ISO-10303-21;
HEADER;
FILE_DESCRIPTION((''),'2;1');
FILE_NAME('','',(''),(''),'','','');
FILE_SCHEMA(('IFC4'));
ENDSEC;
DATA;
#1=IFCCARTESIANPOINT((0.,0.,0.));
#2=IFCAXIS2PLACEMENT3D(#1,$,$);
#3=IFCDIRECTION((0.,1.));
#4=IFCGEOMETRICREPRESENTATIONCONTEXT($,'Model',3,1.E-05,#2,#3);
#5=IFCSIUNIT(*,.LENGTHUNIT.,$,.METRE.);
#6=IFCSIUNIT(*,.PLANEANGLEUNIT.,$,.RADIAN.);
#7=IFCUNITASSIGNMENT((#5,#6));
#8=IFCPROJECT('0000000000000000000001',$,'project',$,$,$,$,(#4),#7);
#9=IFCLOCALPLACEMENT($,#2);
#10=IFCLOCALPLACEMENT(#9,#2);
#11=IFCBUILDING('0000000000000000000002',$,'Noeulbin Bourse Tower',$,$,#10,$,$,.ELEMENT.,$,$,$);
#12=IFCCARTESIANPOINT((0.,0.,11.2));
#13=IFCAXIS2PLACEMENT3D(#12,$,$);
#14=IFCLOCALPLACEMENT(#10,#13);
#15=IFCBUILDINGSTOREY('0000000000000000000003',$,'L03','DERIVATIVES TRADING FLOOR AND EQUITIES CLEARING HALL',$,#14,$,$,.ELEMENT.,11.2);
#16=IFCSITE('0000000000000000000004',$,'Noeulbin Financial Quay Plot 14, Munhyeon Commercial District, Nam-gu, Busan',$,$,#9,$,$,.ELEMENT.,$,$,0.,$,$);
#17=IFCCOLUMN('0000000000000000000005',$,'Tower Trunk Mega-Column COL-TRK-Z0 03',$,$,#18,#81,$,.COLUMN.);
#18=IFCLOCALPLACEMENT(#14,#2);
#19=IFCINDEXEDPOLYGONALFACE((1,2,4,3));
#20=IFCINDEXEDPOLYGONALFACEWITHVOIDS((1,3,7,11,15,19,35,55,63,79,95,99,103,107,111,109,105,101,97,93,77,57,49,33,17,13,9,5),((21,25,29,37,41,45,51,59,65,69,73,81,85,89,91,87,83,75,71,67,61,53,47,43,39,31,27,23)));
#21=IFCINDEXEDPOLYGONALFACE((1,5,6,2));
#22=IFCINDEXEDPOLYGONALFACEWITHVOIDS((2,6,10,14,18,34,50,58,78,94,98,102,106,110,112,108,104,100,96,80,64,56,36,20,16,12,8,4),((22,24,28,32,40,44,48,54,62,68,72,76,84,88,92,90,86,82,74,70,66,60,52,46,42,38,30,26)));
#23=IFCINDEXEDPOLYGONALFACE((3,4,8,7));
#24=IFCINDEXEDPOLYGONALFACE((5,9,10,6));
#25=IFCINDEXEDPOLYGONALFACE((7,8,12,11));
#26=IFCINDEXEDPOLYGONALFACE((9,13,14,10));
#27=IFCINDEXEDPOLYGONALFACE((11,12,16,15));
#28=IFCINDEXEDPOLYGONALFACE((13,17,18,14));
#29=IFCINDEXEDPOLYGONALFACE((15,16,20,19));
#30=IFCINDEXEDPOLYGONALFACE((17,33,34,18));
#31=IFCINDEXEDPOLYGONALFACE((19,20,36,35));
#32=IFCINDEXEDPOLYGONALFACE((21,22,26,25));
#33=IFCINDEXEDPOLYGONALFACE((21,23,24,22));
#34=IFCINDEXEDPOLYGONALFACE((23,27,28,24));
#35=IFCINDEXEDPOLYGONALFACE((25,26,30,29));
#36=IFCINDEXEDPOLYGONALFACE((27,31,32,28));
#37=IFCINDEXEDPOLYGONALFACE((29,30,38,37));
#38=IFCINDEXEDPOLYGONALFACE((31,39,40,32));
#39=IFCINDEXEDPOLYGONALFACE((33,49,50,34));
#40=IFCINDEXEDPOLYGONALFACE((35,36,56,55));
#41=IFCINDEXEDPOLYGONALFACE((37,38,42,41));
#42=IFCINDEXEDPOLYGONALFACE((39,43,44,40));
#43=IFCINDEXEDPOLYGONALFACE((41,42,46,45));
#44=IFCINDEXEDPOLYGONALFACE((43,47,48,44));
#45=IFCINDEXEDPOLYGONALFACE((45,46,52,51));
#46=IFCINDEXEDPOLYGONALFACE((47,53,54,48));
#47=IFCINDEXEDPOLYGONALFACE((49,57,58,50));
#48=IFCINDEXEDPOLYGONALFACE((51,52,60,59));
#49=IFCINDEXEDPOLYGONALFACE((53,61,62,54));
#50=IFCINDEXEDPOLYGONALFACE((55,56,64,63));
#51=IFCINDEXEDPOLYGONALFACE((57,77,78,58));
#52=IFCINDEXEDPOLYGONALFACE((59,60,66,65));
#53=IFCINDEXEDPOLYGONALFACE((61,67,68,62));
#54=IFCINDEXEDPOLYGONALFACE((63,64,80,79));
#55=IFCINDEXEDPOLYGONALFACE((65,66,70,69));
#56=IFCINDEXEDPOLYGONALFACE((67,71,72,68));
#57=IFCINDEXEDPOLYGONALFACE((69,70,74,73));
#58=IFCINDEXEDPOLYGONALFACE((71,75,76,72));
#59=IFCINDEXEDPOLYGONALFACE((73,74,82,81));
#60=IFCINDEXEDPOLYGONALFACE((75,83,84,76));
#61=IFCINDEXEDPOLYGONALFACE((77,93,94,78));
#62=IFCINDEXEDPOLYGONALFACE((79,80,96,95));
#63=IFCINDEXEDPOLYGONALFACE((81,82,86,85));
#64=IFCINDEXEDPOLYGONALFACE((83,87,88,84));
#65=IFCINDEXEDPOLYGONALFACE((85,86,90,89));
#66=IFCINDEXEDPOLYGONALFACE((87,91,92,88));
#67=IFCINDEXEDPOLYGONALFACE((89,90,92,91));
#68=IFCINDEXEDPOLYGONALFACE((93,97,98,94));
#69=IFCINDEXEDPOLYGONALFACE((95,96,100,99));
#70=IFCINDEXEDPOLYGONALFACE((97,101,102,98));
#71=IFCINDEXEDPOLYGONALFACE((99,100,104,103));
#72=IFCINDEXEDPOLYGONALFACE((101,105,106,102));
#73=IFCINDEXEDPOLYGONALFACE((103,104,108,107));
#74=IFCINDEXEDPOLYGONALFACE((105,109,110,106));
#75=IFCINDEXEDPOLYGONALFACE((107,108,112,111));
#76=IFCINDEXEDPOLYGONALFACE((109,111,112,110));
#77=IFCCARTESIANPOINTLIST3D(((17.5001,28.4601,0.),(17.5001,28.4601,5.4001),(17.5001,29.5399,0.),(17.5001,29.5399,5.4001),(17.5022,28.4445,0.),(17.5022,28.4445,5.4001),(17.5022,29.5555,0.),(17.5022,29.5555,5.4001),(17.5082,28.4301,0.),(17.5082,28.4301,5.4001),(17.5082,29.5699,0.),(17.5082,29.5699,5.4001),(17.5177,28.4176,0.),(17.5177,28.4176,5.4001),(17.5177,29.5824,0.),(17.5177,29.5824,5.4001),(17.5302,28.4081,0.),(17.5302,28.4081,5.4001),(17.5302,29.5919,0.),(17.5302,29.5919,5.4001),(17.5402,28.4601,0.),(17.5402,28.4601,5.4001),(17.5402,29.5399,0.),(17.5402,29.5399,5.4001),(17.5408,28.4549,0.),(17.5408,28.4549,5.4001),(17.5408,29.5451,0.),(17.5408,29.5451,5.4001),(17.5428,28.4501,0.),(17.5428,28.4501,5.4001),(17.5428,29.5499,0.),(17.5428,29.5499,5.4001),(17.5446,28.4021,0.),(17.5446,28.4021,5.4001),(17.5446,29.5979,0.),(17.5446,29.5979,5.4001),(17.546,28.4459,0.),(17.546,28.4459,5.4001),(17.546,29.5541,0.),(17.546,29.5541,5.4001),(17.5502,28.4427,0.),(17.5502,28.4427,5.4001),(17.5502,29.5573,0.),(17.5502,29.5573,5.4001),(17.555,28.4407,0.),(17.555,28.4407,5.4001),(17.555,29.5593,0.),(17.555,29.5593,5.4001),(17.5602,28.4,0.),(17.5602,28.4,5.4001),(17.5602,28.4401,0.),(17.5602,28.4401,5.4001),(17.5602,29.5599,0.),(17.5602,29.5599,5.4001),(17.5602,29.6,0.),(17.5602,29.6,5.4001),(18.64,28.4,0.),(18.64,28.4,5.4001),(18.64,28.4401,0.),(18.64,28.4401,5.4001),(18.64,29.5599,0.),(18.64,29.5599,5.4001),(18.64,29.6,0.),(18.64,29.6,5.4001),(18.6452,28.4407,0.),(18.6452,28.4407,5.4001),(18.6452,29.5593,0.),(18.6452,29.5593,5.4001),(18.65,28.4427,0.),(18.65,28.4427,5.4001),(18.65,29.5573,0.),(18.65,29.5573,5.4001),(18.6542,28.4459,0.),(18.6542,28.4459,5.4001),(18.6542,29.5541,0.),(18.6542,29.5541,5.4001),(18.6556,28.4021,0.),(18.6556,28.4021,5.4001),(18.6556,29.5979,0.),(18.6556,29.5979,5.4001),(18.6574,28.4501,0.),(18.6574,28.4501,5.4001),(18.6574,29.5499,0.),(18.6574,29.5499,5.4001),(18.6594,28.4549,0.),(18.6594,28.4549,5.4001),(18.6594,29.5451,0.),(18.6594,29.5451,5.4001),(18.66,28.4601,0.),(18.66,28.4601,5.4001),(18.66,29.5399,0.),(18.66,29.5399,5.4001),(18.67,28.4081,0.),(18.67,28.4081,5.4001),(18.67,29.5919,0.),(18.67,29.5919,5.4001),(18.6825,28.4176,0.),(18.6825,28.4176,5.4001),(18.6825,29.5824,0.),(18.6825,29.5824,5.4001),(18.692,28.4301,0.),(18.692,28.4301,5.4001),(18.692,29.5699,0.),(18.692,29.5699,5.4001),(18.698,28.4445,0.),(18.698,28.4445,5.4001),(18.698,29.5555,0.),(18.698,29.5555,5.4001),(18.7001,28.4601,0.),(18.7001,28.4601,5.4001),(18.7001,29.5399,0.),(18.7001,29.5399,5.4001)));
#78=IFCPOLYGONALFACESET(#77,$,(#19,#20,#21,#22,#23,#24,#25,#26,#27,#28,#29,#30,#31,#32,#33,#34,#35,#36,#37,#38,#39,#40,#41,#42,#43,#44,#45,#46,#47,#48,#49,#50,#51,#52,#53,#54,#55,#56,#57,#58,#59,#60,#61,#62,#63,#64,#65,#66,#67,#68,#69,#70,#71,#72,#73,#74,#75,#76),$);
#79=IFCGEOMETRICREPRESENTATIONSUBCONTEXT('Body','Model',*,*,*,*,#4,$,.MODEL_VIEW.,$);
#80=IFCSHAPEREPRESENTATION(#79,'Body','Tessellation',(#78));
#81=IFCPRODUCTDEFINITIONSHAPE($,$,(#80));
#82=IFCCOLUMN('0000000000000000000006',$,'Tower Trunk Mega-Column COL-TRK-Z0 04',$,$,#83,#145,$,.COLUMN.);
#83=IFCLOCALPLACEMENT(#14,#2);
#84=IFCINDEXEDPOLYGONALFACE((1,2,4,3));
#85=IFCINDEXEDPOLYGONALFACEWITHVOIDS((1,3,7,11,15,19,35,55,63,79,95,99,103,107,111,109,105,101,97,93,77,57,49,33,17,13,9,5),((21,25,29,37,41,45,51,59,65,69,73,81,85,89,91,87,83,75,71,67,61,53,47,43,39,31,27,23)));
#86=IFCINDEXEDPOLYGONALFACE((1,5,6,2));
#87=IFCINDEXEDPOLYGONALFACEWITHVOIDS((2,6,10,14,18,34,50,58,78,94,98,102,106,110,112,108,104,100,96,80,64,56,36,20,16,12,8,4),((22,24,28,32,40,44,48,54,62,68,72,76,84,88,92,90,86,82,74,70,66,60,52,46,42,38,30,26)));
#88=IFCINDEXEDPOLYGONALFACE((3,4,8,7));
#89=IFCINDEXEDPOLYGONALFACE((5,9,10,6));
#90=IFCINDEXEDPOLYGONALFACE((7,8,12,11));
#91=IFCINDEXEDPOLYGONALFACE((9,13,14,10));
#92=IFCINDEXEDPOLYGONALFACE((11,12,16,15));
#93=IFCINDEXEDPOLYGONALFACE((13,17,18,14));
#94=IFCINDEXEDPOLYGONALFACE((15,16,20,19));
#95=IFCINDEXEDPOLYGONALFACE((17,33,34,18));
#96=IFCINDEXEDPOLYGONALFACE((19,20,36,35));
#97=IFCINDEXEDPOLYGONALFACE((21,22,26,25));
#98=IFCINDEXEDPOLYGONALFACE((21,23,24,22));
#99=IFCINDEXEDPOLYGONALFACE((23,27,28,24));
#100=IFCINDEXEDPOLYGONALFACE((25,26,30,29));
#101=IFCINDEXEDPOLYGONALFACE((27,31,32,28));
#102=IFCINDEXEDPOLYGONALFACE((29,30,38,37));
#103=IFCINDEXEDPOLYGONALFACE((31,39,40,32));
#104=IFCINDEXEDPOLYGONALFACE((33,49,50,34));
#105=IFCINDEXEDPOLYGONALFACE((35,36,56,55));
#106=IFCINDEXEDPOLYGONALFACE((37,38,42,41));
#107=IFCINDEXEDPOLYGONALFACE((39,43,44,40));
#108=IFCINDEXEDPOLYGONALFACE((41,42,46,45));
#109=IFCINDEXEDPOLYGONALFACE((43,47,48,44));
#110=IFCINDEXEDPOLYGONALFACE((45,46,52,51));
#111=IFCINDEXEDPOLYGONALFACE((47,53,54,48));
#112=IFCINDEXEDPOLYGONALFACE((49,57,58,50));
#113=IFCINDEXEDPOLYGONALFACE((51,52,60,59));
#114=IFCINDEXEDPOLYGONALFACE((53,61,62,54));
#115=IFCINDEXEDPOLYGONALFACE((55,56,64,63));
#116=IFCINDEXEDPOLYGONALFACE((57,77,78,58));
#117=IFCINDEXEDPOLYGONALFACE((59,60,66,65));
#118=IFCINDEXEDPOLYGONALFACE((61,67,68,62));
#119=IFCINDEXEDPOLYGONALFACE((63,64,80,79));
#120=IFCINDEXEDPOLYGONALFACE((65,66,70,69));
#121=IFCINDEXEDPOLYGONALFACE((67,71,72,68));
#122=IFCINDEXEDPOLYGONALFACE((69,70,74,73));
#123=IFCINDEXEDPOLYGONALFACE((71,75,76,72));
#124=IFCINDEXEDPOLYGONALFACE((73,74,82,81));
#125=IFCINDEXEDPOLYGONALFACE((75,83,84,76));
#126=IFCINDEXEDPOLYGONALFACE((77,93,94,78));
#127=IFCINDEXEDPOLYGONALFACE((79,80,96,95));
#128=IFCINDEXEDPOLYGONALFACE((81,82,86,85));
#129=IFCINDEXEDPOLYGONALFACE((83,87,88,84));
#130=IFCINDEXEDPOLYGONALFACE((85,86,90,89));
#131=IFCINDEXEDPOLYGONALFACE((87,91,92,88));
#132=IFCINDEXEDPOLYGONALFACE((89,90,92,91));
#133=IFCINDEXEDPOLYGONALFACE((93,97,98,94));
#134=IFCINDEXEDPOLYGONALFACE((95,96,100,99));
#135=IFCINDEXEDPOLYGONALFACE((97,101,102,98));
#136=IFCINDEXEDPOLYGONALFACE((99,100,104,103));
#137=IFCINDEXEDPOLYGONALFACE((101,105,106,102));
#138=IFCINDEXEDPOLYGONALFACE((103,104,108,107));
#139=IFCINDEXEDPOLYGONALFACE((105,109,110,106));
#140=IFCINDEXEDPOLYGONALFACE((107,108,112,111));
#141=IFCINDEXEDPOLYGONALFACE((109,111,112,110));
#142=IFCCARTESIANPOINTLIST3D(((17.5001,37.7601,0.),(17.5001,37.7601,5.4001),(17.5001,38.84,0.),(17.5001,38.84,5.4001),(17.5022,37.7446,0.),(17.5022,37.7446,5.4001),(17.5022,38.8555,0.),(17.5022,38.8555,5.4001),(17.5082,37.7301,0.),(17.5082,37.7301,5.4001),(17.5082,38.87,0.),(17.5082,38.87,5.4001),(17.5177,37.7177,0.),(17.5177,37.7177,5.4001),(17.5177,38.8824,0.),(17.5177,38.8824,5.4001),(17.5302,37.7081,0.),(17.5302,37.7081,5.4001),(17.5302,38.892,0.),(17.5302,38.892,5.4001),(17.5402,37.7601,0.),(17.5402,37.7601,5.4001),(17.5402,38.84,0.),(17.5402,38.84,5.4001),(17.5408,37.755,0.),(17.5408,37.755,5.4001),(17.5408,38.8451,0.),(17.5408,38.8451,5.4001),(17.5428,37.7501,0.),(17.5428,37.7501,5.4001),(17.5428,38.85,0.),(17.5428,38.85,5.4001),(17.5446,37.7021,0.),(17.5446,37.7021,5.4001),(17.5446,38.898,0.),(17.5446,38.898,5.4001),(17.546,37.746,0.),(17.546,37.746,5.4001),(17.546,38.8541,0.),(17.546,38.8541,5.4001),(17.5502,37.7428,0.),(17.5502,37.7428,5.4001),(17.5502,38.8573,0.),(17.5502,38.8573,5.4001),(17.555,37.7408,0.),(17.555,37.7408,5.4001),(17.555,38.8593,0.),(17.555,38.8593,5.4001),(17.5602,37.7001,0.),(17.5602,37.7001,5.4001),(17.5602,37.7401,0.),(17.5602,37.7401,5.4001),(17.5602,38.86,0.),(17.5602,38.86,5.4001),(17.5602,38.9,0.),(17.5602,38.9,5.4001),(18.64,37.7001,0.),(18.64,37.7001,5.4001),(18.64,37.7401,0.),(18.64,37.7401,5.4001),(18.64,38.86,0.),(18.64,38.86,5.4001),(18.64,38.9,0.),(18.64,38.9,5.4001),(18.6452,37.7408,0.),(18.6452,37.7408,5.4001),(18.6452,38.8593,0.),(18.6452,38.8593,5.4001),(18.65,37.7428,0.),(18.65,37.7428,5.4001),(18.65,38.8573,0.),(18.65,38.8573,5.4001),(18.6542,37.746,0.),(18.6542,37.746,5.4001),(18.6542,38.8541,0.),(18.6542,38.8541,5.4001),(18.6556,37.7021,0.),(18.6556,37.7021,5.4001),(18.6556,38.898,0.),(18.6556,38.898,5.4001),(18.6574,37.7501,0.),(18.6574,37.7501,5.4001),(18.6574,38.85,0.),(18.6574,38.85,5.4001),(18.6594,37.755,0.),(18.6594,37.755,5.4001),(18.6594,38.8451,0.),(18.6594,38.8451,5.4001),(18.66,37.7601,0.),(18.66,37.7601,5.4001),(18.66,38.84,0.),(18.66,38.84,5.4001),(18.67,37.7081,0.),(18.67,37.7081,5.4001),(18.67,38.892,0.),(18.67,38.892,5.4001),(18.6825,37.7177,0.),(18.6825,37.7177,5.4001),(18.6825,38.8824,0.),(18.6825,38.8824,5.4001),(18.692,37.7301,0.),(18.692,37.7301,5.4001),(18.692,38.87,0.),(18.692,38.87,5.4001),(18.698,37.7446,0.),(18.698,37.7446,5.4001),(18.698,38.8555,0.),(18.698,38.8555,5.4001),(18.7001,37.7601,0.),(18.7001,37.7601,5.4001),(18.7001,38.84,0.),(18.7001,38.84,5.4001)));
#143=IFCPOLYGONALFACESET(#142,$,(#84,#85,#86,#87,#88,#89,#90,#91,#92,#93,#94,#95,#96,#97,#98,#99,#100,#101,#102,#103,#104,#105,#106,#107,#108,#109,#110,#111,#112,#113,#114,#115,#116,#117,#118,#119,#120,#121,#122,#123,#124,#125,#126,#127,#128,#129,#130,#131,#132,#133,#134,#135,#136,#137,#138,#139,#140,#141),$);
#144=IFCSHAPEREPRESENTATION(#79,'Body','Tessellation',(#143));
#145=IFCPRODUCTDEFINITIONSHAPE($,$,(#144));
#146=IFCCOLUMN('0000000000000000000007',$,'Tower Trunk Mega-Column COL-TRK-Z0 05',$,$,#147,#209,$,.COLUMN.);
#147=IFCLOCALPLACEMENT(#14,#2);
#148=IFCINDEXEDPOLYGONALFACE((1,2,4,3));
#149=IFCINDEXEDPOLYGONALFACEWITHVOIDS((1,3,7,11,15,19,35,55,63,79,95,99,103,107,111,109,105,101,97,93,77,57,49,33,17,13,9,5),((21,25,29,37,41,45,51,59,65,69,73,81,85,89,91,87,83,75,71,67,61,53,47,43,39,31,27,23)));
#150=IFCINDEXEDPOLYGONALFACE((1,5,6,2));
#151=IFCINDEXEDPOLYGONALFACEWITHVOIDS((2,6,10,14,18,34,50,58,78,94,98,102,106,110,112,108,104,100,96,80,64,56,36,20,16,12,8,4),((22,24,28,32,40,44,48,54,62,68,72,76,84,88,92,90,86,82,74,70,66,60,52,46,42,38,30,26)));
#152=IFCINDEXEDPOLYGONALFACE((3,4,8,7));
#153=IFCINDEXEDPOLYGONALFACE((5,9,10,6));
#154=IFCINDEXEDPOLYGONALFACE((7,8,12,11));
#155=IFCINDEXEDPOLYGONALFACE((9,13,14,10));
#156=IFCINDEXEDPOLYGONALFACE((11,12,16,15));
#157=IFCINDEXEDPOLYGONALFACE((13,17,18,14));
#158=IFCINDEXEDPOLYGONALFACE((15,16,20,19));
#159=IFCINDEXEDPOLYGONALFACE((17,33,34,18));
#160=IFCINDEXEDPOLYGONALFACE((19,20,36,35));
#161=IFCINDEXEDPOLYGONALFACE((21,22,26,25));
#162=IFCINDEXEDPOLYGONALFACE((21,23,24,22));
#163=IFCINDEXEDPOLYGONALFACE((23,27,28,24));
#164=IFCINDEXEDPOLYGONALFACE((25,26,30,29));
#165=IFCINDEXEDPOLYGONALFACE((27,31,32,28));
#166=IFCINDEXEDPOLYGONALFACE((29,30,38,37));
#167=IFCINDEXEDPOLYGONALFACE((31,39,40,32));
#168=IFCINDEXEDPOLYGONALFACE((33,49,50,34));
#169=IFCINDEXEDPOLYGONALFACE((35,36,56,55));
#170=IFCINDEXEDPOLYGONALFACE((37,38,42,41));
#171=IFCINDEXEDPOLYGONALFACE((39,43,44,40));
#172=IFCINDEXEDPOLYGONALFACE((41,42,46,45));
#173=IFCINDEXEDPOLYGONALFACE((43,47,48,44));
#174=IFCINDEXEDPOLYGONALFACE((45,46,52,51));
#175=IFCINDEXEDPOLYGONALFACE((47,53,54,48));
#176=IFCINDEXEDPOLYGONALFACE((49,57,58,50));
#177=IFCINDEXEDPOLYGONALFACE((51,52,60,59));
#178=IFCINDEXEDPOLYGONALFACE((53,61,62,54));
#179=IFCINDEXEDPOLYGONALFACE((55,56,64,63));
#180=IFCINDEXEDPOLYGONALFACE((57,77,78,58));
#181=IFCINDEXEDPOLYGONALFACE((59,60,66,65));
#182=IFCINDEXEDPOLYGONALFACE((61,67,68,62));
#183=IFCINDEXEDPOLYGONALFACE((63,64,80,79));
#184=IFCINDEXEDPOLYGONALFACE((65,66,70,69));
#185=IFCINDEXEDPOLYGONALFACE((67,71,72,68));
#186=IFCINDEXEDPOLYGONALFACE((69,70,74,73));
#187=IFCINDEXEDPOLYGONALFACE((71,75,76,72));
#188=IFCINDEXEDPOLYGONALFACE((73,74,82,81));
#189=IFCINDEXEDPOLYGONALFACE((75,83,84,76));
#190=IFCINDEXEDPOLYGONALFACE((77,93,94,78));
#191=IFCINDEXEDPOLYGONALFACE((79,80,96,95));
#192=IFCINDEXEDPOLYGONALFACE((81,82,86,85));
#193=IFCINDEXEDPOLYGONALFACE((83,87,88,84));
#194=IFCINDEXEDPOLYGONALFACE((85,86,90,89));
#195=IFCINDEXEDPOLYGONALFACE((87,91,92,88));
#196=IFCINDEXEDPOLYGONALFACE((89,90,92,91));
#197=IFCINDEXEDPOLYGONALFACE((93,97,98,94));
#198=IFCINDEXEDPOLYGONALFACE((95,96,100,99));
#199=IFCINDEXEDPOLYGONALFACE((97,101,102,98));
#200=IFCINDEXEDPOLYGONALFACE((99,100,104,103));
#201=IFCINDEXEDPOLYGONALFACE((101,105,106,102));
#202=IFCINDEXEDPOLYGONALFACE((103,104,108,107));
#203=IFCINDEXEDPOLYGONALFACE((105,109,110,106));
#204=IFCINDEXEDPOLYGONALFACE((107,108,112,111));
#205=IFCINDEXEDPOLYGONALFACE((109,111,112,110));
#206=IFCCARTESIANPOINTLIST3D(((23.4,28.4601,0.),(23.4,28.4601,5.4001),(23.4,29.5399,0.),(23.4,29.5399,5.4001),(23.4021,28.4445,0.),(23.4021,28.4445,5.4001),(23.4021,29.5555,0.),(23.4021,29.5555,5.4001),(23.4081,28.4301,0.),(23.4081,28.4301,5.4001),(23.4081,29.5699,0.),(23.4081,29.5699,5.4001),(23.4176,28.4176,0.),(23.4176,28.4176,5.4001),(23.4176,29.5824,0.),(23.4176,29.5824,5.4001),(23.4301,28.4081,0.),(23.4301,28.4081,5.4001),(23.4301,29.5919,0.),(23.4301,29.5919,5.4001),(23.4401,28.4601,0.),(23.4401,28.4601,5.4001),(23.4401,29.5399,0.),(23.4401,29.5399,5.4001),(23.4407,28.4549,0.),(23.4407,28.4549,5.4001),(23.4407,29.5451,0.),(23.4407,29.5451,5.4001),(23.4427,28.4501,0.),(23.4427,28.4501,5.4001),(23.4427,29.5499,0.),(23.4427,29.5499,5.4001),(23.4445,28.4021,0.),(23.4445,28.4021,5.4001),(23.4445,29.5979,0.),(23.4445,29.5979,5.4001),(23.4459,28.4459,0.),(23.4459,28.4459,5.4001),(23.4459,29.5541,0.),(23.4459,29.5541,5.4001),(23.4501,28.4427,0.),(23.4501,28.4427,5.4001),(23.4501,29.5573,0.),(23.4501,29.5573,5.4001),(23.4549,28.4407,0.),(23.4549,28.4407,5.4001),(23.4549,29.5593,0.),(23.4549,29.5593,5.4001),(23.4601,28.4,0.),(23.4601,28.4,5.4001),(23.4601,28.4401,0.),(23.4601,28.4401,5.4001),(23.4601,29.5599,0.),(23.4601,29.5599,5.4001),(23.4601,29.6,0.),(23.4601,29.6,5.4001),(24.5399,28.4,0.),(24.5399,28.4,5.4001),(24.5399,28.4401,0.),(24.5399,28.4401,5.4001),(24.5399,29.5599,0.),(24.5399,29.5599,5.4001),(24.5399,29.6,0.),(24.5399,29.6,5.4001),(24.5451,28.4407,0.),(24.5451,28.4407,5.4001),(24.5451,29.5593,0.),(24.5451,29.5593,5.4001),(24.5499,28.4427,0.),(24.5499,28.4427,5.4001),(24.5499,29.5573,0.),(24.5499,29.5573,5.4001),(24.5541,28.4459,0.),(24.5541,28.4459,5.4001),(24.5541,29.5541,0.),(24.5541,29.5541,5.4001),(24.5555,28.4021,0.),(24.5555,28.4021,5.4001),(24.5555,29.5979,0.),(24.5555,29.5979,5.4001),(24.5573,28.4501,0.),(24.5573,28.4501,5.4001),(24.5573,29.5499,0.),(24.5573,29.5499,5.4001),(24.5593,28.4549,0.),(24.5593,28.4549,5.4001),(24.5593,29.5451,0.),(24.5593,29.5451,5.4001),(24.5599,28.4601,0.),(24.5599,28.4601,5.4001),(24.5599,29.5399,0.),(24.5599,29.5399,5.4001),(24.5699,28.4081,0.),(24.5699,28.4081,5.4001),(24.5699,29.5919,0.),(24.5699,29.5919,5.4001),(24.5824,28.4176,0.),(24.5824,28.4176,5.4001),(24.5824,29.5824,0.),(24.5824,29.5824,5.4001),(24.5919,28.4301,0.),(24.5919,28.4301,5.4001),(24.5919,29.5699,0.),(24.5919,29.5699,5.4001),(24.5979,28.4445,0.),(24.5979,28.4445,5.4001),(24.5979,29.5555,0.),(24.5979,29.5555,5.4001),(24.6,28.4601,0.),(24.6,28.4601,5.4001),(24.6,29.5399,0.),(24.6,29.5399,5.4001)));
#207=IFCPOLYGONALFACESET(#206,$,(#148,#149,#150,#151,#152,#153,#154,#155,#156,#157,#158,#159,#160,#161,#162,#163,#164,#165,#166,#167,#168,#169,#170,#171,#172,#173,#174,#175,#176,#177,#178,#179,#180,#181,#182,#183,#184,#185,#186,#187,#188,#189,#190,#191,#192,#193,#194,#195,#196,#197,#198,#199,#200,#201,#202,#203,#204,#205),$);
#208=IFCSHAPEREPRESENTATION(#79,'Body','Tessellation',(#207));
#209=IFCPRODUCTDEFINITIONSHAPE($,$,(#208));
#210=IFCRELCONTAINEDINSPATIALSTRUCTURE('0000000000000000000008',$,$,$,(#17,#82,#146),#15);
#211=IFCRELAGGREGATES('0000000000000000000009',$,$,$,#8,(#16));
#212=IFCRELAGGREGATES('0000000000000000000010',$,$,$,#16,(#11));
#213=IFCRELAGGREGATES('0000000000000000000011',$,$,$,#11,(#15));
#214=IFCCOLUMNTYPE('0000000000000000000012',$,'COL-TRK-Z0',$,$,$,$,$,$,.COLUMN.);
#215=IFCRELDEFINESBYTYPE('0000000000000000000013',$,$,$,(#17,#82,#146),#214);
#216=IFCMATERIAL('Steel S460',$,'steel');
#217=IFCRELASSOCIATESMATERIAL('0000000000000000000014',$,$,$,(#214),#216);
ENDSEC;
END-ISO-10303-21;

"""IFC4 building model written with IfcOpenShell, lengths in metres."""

from ifc_helpers import new_model, si_unit, direction, frame, origin, origin_2d, place, context, subcontext, project, spatial, hollow_rectangle, extrude, material, material_profile, profile_set, type_object, element, save


model = new_model("IFC4")

# Units and contexts
model_context = context("Model", 3, precision=1e-05, world=origin(), true_north=direction((0.0, 1.0)))
body_context = subcontext(model_context, "Body", "Model", "MODEL_VIEW")
ifc_project = project(units=[si_unit("LENGTHUNIT", "METRE"), si_unit("PLANEANGLEUNIT", "RADIAN")], contexts=[model_context])

# Site, building, storey
site_placement = place(None, origin())
site = spatial("IfcSite", under=ifc_project, at=site_placement, Name="Noeulbin Financial Quay Plot 14, Munhyeon Commercial District, Nam-gu, Busan", CompositionType="ELEMENT", RefElevation=0.0)
building_placement = place(site_placement, origin())
building = spatial("IfcBuilding", under=site, at=building_placement, Name="Noeulbin Bourse Tower", CompositionType="ELEMENT")
storey_placement = place(building_placement, frame((0.0, 0.0, 11.2)))
storey = spatial("IfcBuildingStorey", under=building, at=storey_placement, Name="L03", Description="DERIVATIVES TRADING FLOOR AND EQUITIES CLEARING HALL", CompositionType="ELEMENT", Elevation=11.2)

# Columns
ifc_material_1 = material(Name="Steel S460", Category="steel")
ifc_material_profile_1 = material_profile(ifc_material_1, hollow_rectangle(XDim=1.2, YDim=1.2, WallThickness=0.04, InnerFilletRadius=0.02, OuterFilletRadius=0.0601, at=origin_2d()), Name="BOX-1200x1200x40", Category="LoadBearing")
ifc_profile_set_1 = profile_set([ifc_material_profile_1], Name="Steel S460")
column_type = type_object("IfcColumnType", Name="COL-TRK-Z0", PredefinedType="COLUMN", material=ifc_profile_set_1)
for number, where, z_axis, x_axis, name in (
    (1, (18.1001, 29.0, 0.0), (0.0, 0.0, 1.0), (1.0, 0.0, 0.0), "Tower Trunk Mega-Column COL-TRK-Z0 03"),
    (2, (18.1001, 38.3, 0.0), (0.0, 0.0, 1.0), (1.0, 0.0, 0.0), "Tower Trunk Mega-Column COL-TRK-Z0 04"),
    (3, (24.0, 29.0, 0.0), (0.0, 0.0, 1.0), (1.0, 0.0, 0.0), "Tower Trunk Mega-Column COL-TRK-Z0 05"),
):
    element("IfcColumn", number, at=place(storey_placement, frame(where, z_axis=z_axis, x_axis=x_axis)), inside=storey, type_object=column_type, Name=name, PredefinedType="COLUMN", context=body_context, shape_type="SweptSolid", body=[
        extrude(hollow_rectangle(XDim=1.2, YDim=1.2, WallThickness=0.04, InnerFilletRadius=0.02, OuterFilletRadius=0.0601, at=origin_2d()), origin(), (0.0, 0.0, 1.0), 5.4001),
    ])

save(model, "model.ifc")
